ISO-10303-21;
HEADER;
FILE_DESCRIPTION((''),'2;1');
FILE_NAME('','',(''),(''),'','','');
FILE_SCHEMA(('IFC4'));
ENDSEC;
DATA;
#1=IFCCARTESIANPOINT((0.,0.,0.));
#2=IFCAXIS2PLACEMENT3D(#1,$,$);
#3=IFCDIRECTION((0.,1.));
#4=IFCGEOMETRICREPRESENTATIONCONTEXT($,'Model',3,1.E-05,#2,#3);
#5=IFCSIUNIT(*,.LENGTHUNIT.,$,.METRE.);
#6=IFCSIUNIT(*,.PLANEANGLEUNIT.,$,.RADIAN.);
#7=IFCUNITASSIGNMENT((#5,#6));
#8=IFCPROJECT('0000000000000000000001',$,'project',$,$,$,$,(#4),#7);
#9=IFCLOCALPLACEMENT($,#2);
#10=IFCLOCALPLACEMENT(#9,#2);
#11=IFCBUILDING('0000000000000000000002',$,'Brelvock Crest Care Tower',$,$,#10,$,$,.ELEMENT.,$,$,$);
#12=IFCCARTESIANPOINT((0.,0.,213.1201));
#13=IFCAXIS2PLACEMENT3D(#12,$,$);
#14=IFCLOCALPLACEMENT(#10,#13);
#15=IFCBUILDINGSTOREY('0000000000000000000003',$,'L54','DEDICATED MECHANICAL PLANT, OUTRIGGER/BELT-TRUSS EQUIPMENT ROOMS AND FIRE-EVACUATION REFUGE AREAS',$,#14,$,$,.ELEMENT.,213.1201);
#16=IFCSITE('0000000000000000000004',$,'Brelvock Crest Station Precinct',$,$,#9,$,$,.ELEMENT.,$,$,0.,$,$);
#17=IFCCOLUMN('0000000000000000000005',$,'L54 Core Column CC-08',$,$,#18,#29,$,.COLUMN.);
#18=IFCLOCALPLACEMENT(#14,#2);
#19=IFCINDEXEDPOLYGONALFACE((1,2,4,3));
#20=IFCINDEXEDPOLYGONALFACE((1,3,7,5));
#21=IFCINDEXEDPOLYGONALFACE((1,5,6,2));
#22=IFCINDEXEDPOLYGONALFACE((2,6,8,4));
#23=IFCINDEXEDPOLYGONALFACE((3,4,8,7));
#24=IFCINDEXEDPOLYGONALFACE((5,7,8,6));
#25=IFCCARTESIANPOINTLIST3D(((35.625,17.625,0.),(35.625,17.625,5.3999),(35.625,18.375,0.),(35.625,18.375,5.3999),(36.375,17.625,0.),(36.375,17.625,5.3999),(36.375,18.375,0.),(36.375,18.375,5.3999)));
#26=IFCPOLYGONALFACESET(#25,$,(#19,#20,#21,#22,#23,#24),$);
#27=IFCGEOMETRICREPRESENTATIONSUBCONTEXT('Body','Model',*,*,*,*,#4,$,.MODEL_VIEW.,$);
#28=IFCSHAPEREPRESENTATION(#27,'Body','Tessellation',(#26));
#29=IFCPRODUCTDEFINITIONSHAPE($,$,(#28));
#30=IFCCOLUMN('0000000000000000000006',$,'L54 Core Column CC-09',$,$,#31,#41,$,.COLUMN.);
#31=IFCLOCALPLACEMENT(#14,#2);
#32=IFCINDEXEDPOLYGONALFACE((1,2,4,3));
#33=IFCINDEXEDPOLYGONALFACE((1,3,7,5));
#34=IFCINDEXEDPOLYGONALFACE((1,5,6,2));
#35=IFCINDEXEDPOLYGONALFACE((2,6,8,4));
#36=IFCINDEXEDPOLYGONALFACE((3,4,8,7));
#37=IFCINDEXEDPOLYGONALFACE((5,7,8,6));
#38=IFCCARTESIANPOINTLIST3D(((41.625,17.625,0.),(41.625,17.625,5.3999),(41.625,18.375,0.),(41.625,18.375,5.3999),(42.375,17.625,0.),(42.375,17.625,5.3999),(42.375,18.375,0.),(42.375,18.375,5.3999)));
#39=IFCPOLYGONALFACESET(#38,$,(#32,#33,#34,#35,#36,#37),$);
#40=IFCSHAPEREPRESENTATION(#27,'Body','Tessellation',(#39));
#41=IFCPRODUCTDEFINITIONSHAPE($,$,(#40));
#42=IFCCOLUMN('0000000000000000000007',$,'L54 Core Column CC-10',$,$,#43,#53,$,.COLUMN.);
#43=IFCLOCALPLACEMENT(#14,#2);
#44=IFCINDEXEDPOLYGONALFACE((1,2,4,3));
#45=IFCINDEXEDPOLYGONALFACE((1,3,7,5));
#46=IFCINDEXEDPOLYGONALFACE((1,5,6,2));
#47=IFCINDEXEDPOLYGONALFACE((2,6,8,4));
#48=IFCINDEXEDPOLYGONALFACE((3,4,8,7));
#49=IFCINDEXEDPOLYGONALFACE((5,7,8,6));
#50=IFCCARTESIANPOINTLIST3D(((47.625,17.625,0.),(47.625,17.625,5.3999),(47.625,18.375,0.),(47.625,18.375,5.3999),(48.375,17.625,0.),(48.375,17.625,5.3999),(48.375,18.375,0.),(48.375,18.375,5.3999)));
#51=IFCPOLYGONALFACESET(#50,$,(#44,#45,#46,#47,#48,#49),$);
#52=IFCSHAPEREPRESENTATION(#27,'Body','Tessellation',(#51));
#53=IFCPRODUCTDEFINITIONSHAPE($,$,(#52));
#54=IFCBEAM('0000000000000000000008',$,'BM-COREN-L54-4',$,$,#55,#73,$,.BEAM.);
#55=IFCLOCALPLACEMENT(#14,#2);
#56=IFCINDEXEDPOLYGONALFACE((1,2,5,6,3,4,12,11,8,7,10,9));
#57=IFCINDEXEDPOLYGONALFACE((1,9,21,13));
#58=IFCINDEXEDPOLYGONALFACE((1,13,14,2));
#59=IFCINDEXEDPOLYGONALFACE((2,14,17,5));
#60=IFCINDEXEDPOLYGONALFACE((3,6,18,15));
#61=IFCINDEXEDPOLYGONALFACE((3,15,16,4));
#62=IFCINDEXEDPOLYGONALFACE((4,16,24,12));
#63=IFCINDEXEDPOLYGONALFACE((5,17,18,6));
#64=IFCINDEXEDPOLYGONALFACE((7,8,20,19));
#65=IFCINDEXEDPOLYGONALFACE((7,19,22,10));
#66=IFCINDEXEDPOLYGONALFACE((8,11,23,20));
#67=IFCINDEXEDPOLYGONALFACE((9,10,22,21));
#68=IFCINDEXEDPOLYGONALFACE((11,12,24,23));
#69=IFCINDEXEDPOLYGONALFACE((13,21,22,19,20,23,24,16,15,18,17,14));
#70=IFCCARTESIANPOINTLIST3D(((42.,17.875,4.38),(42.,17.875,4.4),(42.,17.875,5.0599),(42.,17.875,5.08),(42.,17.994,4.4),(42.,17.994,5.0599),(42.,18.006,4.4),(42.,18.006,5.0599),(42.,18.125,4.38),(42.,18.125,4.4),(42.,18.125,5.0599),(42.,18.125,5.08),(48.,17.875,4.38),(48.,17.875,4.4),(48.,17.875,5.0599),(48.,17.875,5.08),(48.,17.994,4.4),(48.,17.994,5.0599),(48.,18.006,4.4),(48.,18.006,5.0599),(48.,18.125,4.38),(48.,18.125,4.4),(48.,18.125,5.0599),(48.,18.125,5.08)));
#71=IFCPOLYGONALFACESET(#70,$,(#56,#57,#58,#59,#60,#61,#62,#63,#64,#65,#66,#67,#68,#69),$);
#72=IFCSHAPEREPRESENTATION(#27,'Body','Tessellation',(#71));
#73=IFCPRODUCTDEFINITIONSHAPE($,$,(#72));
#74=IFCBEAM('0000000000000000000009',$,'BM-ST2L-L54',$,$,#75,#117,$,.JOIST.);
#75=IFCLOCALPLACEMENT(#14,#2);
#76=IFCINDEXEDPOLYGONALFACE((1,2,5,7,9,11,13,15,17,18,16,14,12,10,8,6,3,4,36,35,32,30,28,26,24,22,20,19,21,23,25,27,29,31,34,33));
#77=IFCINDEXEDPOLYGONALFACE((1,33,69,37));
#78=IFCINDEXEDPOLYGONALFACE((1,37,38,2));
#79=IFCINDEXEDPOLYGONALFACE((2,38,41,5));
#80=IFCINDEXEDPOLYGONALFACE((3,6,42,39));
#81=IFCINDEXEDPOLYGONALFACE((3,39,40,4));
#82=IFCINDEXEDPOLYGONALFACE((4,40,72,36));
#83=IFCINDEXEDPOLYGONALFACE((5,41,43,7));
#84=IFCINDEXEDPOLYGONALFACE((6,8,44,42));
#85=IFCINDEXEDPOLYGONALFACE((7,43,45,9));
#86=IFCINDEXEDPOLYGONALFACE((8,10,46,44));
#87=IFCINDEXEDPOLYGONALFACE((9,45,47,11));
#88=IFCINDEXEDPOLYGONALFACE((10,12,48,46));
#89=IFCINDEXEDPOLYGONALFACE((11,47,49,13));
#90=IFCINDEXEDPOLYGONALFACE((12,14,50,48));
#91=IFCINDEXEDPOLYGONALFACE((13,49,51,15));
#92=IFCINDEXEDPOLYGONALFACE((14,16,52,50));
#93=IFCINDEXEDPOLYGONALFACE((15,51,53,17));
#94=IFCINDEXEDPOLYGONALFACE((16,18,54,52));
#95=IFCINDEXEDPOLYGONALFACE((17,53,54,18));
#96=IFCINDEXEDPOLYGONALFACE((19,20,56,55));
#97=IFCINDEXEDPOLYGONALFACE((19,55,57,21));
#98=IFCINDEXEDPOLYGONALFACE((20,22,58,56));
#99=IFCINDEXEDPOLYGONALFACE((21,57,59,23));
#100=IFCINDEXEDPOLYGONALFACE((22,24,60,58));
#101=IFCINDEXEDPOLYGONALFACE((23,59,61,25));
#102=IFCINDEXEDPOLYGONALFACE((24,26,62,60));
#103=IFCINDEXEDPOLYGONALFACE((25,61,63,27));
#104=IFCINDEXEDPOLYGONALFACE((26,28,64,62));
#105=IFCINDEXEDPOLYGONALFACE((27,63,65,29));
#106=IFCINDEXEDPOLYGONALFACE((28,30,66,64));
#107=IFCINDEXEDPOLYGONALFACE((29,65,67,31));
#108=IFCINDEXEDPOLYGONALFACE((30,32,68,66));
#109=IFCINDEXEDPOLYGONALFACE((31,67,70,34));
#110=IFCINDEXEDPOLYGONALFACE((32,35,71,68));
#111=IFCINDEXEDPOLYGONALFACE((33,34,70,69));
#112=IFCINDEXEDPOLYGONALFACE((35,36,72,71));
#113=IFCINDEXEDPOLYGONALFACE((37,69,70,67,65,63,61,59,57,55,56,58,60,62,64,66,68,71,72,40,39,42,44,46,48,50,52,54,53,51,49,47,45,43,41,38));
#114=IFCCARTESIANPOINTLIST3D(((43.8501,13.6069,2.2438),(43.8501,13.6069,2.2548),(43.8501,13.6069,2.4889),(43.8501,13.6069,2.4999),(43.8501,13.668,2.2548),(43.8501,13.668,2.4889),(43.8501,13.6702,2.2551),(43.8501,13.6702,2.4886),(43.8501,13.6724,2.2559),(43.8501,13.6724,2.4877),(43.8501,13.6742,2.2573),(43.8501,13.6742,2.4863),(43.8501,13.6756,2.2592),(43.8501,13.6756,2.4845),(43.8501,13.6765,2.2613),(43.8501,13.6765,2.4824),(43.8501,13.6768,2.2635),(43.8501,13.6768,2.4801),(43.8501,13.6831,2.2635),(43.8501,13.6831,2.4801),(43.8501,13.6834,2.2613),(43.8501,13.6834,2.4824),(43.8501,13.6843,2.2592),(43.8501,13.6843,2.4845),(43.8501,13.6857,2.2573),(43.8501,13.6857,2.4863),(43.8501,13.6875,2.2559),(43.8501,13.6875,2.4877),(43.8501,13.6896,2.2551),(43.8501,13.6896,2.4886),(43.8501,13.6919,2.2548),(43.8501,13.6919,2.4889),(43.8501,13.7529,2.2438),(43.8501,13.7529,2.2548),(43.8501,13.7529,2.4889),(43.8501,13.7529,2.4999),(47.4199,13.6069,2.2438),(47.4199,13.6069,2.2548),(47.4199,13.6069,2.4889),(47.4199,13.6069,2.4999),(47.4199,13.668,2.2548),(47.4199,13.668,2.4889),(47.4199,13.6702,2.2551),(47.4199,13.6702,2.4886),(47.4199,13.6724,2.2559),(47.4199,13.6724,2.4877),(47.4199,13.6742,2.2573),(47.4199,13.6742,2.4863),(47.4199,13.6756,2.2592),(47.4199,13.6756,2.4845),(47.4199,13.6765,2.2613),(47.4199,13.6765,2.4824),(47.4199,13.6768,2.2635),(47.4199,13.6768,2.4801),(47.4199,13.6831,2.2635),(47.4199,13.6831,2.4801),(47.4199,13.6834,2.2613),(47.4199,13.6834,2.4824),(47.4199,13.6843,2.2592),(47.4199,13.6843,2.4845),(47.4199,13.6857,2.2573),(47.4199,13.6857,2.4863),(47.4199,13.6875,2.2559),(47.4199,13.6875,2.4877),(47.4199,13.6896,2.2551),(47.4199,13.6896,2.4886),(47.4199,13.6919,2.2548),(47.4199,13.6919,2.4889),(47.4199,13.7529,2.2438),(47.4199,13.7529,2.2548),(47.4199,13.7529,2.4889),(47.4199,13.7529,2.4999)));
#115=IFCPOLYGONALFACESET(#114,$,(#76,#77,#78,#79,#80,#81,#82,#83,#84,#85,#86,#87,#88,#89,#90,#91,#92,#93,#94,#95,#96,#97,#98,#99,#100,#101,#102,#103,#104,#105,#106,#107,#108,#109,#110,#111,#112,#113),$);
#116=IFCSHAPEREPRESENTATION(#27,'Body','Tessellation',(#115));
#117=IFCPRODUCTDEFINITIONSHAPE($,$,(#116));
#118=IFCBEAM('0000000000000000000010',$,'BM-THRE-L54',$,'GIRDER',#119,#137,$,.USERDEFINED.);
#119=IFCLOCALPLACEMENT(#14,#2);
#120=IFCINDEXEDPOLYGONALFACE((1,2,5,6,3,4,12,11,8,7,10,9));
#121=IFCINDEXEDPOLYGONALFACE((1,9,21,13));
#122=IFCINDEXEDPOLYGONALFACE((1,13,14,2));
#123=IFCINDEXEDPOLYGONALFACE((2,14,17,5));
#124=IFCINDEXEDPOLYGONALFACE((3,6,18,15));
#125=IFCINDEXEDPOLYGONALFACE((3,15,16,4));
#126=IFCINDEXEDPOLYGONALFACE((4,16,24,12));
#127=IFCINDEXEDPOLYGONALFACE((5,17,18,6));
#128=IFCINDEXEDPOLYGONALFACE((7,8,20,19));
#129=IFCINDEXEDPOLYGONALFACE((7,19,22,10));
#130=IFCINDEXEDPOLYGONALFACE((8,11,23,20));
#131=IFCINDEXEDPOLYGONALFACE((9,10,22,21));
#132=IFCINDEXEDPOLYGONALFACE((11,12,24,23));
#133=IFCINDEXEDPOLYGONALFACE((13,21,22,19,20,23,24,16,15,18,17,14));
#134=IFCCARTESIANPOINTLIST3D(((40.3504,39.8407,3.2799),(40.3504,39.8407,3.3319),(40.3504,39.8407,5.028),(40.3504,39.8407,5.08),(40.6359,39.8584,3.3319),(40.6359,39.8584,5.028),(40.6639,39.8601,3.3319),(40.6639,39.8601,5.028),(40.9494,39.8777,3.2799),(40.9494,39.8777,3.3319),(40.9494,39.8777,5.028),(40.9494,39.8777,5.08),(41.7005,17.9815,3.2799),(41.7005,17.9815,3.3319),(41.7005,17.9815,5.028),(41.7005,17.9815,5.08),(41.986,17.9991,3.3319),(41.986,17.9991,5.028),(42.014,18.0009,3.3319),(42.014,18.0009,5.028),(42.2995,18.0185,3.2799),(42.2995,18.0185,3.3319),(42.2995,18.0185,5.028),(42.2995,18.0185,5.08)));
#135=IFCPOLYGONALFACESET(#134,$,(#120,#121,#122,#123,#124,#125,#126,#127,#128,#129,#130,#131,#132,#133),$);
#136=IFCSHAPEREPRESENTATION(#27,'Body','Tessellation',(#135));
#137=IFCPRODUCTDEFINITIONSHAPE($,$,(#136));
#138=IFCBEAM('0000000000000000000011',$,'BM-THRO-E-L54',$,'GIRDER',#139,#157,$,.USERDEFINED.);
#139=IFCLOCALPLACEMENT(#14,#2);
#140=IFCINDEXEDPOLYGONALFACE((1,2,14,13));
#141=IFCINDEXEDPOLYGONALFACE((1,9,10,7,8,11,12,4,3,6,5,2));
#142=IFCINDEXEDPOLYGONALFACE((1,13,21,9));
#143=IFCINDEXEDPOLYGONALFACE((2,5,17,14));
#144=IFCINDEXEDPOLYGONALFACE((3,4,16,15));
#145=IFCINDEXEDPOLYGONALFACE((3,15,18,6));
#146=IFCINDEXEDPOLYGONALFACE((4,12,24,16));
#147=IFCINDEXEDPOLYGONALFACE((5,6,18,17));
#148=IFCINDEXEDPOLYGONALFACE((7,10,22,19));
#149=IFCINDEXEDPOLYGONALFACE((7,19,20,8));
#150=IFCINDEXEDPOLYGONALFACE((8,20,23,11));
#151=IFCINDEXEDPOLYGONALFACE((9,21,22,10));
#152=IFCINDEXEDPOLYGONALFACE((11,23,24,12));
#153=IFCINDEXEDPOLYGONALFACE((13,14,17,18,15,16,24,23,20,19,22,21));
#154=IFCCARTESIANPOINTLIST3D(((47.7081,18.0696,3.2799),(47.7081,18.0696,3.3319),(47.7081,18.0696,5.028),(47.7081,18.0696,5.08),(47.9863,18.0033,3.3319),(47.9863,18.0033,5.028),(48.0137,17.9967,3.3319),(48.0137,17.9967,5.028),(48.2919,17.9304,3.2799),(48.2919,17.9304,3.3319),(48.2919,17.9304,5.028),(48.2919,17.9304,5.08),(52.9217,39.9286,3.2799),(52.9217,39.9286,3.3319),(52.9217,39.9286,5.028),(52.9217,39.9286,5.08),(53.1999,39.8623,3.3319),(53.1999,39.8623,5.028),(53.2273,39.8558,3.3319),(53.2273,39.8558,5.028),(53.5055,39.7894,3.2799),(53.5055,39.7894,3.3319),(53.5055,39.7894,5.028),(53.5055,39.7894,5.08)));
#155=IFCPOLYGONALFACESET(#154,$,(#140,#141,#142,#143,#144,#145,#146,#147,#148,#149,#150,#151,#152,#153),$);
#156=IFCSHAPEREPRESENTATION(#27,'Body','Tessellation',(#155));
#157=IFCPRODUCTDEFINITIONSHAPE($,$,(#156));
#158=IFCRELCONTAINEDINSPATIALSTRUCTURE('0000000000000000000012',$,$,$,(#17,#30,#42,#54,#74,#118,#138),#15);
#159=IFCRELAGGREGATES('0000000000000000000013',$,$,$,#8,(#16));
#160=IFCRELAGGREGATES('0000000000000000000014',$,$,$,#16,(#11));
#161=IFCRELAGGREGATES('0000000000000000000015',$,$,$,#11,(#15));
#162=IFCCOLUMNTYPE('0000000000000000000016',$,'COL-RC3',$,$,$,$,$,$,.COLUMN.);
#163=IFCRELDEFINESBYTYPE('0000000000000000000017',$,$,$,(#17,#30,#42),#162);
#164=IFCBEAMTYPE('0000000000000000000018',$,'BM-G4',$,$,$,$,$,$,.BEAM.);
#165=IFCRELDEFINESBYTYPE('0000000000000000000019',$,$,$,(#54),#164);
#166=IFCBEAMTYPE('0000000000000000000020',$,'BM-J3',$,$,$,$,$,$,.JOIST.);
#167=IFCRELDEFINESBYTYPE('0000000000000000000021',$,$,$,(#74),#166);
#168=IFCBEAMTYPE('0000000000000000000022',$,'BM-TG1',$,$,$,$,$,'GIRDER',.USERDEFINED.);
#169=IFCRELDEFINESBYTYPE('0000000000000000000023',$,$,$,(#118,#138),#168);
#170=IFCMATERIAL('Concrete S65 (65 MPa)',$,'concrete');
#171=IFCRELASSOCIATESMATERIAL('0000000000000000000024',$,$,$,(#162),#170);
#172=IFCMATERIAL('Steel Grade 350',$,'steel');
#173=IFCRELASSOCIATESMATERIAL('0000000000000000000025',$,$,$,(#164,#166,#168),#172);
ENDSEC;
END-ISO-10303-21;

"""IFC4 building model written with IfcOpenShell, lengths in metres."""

from ifc_helpers import new_model, si_unit, direction, frame, origin, origin_2d, place, context, subcontext, project, spatial, rectangle, i_section, extrude, source, transform, mapped, material, material_profile, profile_set, type_object, element, save


model = new_model("IFC4")

# Units and contexts
model_context = context("Model", 3, precision=1e-05, world=origin(), true_north=direction((0.0, 1.0)))
body_context = subcontext(model_context, "Body", "Model", "MODEL_VIEW")
ifc_project = project(units=[si_unit("LENGTHUNIT", "METRE"), si_unit("PLANEANGLEUNIT", "RADIAN")], contexts=[model_context])

# Site, building, storey
site_placement = place(None, origin())
site = spatial("IfcSite", under=ifc_project, at=site_placement, Name="Brelvock Crest Station Precinct", CompositionType="ELEMENT", RefElevation=0.0)
building_placement = place(site_placement, origin())
building = spatial("IfcBuilding", under=site, at=building_placement, Name="Brelvock Crest Care Tower", CompositionType="ELEMENT")
storey_placement = place(building_placement, frame((0.0, 0.0, 213.1201)))
storey = spatial("IfcBuildingStorey", under=building, at=storey_placement, Name="L54", Description="DEDICATED MECHANICAL PLANT, OUTRIGGER/BELT-TRUSS EQUIPMENT ROOMS AND FIRE-EVACUATION REFUGE AREAS", CompositionType="ELEMENT", Elevation=213.1201)

# Columns
ifc_material_1 = material(Name="Concrete S65 (65 MPa)", Category="concrete")
ifc_material_profile_1 = material_profile(ifc_material_1, rectangle(XDim=0.75, YDim=0.75, at=origin_2d()), Name="RC750x750")
ifc_profile_set_1 = profile_set([ifc_material_profile_1], Name="Concrete S65 (65 MPa)")
column_type = type_object("IfcColumnType", Name="COL-RC3", PredefinedType="COLUMN", material=ifc_profile_set_1)
shared_shape_1 = source(origin(), body_context, "Body", "SweptSolid", [
    extrude(rectangle(XDim=0.75, YDim=0.75, at=origin_2d()), origin(), (0.0, 0.0, 1.0), 5.3999),
])
for number, where, z_axis, x_axis, name in (
    (1, (36.0, 18.0, 0.0), (0.0, 0.0, 1.0), (1.0, 0.0, 0.0), "L54 Core Column CC-08"),
    (2, (42.0, 18.0, 0.0), (0.0, 0.0, 1.0), (1.0, 0.0, 0.0), "L54 Core Column CC-09"),
    (3, (48.0, 18.0, 0.0), (0.0, 0.0, 1.0), (1.0, 0.0, 0.0), "L54 Core Column CC-10"),
):
    element("IfcColumn", number, at=place(storey_placement, frame(where, z_axis=z_axis, x_axis=x_axis)), inside=storey, type_object=column_type, Name=name, PredefinedType="COLUMN", context=body_context, shape_type="MappedRepresentation", body=[
        mapped(shared_shape_1, transform((0.0, 0.0, 0.0), x_axis=(1.0, 0.0, 0.0), y_axis=(0.0, 1.0, 0.0), z_axis=(0.0, 0.0, 1.0), scale=1.0)),
    ])

# Beams
ifc_material_2 = material(Name="Steel Grade 350", Category="steel")
ifc_material_profile_2 = material_profile(ifc_material_2, i_section(OverallWidth=0.25, OverallDepth=0.7, WebThickness=0.012, FlangeThickness=0.02, at=origin_2d()), Name="700WB150")
ifc_profile_set_2 = profile_set([ifc_material_profile_2], Name="Steel Grade 350")
beam_type_1 = type_object("IfcBeamType", Name="BM-G4", PredefinedType="BEAM", material=ifc_profile_set_2)
shared_shape_2 = source(origin(), body_context, "Body", "SweptSolid", [
    extrude(i_section(OverallWidth=0.25, OverallDepth=0.7, WebThickness=0.012, FlangeThickness=0.02, at=origin_2d()), origin(), (0.0, 0.0, 1.0), 6.0),
])
beam_1_placement = place(storey_placement, frame((42.0, 18.0, 4.73), z_axis=(1.0, 0.0, 0.0), x_axis=(0.0, 1.0, 0.0)))
element("IfcBeam", 4, at=beam_1_placement, inside=storey, type_object=beam_type_1, Name="BM-COREN-L54-4", PredefinedType="BEAM", context=body_context, shape_type="MappedRepresentation", body=[
    mapped(shared_shape_2, transform((0.0, 0.0, 0.0), x_axis=(1.0, 0.0, 0.0), y_axis=(0.0, 1.0, 0.0), z_axis=(0.0, 0.0, 1.0), scale=1.0)),
])
ifc_material_profile_3 = material_profile(ifc_material_2, i_section(OverallWidth=0.146, OverallDepth=0.2561, WebThickness=0.0063, FlangeThickness=0.011, FilletRadius=0.0088, at=origin_2d()), Name="250UB37.3")
ifc_profile_set_3 = profile_set([ifc_material_profile_3], Name="Steel Grade 350")
beam_type_2 = type_object("IfcBeamType", Name="BM-J3", PredefinedType="JOIST", material=ifc_profile_set_3)
shared_shape_3 = source(origin(), body_context, "Body", "SweptSolid", [
    extrude(i_section(OverallWidth=0.146, OverallDepth=0.2561, WebThickness=0.0063, FlangeThickness=0.011, FilletRadius=0.0088, at=origin_2d()), origin(), (0.0, 0.0, 1.0), 3.5698),
])
beam_2_placement = place(storey_placement, frame((43.8501, 13.6799, 2.3718), z_axis=(1.0, 0.0, 0.0), x_axis=(0.0, 1.0, 0.0)))
element("IfcBeam", 5, at=beam_2_placement, inside=storey, type_object=beam_type_2, Name="BM-ST2L-L54", PredefinedType="JOIST", context=body_context, shape_type="MappedRepresentation", body=[
    mapped(shared_shape_3, transform((0.0, 0.0, 0.0), x_axis=(1.0, 0.0, 0.0), y_axis=(0.0, 1.0, 0.0), z_axis=(0.0, 0.0, 1.0), scale=1.0)),
])
ifc_material_profile_4 = material_profile(ifc_material_2, i_section(OverallWidth=0.6001, OverallDepth=1.8, WebThickness=0.0281, FlangeThickness=0.052, at=origin_2d()), Name="1800TG740")
ifc_profile_set_4 = profile_set([ifc_material_profile_4], Name="Steel Grade 350")
beam_type_3 = type_object("IfcBeamType", Name="BM-TG1", ElementType="GIRDER", PredefinedType="USERDEFINED", material=ifc_profile_set_4)
shared_shape_4 = source(origin(), body_context, "Body", "SweptSolid", [
    extrude(i_section(OverallWidth=0.6001, OverallDepth=1.8, WebThickness=0.0281, FlangeThickness=0.052, at=origin_2d()), origin(), (0.0, 0.0, 1.0), 21.9009),
])
beam_3_placement = place(storey_placement, frame((42.0, 18.0, 4.1799), z_axis=(-0.061646, 0.998098, 0.0), x_axis=(-0.998098, -0.061646, 0.0)))
element("IfcBeam", 6, at=beam_3_placement, inside=storey, type_object=beam_type_3, Name="BM-THRE-L54", ObjectType="GIRDER", PredefinedType="USERDEFINED", context=body_context, shape_type="MappedRepresentation", body=[
    mapped(shared_shape_4, transform((0.0, 0.0, 0.0), x_axis=(1.0, 0.0, 0.0), y_axis=(0.0, 1.0, 0.0), z_axis=(0.0, 0.0, 1.0), scale=1.0)),
])
shared_shape_5 = source(origin(), body_context, "Body", "SweptSolid", [
    extrude(i_section(OverallWidth=0.6001, OverallDepth=1.8, WebThickness=0.0281, FlangeThickness=0.052, at=origin_2d()), origin(), (0.0, 0.0, 1.0), 22.4722),
])
beam_4_placement = place(storey_placement, frame((48.0, 18.0, 4.1799), z_axis=(0.232002, 0.972715, 0.0), x_axis=(-0.972715, 0.232002, 0.0)))
element("IfcBeam", 7, at=beam_4_placement, inside=storey, type_object=beam_type_3, Name="BM-THRO-E-L54", ObjectType="GIRDER", PredefinedType="USERDEFINED", context=body_context, shape_type="MappedRepresentation", body=[
    mapped(shared_shape_5, transform((0.0, 0.0, 0.0), x_axis=(1.0, 0.0, 0.0), y_axis=(0.0, 1.0, 0.0), z_axis=(0.0, 0.0, 1.0), scale=1.0)),
])

save(model, "model.ifc")
